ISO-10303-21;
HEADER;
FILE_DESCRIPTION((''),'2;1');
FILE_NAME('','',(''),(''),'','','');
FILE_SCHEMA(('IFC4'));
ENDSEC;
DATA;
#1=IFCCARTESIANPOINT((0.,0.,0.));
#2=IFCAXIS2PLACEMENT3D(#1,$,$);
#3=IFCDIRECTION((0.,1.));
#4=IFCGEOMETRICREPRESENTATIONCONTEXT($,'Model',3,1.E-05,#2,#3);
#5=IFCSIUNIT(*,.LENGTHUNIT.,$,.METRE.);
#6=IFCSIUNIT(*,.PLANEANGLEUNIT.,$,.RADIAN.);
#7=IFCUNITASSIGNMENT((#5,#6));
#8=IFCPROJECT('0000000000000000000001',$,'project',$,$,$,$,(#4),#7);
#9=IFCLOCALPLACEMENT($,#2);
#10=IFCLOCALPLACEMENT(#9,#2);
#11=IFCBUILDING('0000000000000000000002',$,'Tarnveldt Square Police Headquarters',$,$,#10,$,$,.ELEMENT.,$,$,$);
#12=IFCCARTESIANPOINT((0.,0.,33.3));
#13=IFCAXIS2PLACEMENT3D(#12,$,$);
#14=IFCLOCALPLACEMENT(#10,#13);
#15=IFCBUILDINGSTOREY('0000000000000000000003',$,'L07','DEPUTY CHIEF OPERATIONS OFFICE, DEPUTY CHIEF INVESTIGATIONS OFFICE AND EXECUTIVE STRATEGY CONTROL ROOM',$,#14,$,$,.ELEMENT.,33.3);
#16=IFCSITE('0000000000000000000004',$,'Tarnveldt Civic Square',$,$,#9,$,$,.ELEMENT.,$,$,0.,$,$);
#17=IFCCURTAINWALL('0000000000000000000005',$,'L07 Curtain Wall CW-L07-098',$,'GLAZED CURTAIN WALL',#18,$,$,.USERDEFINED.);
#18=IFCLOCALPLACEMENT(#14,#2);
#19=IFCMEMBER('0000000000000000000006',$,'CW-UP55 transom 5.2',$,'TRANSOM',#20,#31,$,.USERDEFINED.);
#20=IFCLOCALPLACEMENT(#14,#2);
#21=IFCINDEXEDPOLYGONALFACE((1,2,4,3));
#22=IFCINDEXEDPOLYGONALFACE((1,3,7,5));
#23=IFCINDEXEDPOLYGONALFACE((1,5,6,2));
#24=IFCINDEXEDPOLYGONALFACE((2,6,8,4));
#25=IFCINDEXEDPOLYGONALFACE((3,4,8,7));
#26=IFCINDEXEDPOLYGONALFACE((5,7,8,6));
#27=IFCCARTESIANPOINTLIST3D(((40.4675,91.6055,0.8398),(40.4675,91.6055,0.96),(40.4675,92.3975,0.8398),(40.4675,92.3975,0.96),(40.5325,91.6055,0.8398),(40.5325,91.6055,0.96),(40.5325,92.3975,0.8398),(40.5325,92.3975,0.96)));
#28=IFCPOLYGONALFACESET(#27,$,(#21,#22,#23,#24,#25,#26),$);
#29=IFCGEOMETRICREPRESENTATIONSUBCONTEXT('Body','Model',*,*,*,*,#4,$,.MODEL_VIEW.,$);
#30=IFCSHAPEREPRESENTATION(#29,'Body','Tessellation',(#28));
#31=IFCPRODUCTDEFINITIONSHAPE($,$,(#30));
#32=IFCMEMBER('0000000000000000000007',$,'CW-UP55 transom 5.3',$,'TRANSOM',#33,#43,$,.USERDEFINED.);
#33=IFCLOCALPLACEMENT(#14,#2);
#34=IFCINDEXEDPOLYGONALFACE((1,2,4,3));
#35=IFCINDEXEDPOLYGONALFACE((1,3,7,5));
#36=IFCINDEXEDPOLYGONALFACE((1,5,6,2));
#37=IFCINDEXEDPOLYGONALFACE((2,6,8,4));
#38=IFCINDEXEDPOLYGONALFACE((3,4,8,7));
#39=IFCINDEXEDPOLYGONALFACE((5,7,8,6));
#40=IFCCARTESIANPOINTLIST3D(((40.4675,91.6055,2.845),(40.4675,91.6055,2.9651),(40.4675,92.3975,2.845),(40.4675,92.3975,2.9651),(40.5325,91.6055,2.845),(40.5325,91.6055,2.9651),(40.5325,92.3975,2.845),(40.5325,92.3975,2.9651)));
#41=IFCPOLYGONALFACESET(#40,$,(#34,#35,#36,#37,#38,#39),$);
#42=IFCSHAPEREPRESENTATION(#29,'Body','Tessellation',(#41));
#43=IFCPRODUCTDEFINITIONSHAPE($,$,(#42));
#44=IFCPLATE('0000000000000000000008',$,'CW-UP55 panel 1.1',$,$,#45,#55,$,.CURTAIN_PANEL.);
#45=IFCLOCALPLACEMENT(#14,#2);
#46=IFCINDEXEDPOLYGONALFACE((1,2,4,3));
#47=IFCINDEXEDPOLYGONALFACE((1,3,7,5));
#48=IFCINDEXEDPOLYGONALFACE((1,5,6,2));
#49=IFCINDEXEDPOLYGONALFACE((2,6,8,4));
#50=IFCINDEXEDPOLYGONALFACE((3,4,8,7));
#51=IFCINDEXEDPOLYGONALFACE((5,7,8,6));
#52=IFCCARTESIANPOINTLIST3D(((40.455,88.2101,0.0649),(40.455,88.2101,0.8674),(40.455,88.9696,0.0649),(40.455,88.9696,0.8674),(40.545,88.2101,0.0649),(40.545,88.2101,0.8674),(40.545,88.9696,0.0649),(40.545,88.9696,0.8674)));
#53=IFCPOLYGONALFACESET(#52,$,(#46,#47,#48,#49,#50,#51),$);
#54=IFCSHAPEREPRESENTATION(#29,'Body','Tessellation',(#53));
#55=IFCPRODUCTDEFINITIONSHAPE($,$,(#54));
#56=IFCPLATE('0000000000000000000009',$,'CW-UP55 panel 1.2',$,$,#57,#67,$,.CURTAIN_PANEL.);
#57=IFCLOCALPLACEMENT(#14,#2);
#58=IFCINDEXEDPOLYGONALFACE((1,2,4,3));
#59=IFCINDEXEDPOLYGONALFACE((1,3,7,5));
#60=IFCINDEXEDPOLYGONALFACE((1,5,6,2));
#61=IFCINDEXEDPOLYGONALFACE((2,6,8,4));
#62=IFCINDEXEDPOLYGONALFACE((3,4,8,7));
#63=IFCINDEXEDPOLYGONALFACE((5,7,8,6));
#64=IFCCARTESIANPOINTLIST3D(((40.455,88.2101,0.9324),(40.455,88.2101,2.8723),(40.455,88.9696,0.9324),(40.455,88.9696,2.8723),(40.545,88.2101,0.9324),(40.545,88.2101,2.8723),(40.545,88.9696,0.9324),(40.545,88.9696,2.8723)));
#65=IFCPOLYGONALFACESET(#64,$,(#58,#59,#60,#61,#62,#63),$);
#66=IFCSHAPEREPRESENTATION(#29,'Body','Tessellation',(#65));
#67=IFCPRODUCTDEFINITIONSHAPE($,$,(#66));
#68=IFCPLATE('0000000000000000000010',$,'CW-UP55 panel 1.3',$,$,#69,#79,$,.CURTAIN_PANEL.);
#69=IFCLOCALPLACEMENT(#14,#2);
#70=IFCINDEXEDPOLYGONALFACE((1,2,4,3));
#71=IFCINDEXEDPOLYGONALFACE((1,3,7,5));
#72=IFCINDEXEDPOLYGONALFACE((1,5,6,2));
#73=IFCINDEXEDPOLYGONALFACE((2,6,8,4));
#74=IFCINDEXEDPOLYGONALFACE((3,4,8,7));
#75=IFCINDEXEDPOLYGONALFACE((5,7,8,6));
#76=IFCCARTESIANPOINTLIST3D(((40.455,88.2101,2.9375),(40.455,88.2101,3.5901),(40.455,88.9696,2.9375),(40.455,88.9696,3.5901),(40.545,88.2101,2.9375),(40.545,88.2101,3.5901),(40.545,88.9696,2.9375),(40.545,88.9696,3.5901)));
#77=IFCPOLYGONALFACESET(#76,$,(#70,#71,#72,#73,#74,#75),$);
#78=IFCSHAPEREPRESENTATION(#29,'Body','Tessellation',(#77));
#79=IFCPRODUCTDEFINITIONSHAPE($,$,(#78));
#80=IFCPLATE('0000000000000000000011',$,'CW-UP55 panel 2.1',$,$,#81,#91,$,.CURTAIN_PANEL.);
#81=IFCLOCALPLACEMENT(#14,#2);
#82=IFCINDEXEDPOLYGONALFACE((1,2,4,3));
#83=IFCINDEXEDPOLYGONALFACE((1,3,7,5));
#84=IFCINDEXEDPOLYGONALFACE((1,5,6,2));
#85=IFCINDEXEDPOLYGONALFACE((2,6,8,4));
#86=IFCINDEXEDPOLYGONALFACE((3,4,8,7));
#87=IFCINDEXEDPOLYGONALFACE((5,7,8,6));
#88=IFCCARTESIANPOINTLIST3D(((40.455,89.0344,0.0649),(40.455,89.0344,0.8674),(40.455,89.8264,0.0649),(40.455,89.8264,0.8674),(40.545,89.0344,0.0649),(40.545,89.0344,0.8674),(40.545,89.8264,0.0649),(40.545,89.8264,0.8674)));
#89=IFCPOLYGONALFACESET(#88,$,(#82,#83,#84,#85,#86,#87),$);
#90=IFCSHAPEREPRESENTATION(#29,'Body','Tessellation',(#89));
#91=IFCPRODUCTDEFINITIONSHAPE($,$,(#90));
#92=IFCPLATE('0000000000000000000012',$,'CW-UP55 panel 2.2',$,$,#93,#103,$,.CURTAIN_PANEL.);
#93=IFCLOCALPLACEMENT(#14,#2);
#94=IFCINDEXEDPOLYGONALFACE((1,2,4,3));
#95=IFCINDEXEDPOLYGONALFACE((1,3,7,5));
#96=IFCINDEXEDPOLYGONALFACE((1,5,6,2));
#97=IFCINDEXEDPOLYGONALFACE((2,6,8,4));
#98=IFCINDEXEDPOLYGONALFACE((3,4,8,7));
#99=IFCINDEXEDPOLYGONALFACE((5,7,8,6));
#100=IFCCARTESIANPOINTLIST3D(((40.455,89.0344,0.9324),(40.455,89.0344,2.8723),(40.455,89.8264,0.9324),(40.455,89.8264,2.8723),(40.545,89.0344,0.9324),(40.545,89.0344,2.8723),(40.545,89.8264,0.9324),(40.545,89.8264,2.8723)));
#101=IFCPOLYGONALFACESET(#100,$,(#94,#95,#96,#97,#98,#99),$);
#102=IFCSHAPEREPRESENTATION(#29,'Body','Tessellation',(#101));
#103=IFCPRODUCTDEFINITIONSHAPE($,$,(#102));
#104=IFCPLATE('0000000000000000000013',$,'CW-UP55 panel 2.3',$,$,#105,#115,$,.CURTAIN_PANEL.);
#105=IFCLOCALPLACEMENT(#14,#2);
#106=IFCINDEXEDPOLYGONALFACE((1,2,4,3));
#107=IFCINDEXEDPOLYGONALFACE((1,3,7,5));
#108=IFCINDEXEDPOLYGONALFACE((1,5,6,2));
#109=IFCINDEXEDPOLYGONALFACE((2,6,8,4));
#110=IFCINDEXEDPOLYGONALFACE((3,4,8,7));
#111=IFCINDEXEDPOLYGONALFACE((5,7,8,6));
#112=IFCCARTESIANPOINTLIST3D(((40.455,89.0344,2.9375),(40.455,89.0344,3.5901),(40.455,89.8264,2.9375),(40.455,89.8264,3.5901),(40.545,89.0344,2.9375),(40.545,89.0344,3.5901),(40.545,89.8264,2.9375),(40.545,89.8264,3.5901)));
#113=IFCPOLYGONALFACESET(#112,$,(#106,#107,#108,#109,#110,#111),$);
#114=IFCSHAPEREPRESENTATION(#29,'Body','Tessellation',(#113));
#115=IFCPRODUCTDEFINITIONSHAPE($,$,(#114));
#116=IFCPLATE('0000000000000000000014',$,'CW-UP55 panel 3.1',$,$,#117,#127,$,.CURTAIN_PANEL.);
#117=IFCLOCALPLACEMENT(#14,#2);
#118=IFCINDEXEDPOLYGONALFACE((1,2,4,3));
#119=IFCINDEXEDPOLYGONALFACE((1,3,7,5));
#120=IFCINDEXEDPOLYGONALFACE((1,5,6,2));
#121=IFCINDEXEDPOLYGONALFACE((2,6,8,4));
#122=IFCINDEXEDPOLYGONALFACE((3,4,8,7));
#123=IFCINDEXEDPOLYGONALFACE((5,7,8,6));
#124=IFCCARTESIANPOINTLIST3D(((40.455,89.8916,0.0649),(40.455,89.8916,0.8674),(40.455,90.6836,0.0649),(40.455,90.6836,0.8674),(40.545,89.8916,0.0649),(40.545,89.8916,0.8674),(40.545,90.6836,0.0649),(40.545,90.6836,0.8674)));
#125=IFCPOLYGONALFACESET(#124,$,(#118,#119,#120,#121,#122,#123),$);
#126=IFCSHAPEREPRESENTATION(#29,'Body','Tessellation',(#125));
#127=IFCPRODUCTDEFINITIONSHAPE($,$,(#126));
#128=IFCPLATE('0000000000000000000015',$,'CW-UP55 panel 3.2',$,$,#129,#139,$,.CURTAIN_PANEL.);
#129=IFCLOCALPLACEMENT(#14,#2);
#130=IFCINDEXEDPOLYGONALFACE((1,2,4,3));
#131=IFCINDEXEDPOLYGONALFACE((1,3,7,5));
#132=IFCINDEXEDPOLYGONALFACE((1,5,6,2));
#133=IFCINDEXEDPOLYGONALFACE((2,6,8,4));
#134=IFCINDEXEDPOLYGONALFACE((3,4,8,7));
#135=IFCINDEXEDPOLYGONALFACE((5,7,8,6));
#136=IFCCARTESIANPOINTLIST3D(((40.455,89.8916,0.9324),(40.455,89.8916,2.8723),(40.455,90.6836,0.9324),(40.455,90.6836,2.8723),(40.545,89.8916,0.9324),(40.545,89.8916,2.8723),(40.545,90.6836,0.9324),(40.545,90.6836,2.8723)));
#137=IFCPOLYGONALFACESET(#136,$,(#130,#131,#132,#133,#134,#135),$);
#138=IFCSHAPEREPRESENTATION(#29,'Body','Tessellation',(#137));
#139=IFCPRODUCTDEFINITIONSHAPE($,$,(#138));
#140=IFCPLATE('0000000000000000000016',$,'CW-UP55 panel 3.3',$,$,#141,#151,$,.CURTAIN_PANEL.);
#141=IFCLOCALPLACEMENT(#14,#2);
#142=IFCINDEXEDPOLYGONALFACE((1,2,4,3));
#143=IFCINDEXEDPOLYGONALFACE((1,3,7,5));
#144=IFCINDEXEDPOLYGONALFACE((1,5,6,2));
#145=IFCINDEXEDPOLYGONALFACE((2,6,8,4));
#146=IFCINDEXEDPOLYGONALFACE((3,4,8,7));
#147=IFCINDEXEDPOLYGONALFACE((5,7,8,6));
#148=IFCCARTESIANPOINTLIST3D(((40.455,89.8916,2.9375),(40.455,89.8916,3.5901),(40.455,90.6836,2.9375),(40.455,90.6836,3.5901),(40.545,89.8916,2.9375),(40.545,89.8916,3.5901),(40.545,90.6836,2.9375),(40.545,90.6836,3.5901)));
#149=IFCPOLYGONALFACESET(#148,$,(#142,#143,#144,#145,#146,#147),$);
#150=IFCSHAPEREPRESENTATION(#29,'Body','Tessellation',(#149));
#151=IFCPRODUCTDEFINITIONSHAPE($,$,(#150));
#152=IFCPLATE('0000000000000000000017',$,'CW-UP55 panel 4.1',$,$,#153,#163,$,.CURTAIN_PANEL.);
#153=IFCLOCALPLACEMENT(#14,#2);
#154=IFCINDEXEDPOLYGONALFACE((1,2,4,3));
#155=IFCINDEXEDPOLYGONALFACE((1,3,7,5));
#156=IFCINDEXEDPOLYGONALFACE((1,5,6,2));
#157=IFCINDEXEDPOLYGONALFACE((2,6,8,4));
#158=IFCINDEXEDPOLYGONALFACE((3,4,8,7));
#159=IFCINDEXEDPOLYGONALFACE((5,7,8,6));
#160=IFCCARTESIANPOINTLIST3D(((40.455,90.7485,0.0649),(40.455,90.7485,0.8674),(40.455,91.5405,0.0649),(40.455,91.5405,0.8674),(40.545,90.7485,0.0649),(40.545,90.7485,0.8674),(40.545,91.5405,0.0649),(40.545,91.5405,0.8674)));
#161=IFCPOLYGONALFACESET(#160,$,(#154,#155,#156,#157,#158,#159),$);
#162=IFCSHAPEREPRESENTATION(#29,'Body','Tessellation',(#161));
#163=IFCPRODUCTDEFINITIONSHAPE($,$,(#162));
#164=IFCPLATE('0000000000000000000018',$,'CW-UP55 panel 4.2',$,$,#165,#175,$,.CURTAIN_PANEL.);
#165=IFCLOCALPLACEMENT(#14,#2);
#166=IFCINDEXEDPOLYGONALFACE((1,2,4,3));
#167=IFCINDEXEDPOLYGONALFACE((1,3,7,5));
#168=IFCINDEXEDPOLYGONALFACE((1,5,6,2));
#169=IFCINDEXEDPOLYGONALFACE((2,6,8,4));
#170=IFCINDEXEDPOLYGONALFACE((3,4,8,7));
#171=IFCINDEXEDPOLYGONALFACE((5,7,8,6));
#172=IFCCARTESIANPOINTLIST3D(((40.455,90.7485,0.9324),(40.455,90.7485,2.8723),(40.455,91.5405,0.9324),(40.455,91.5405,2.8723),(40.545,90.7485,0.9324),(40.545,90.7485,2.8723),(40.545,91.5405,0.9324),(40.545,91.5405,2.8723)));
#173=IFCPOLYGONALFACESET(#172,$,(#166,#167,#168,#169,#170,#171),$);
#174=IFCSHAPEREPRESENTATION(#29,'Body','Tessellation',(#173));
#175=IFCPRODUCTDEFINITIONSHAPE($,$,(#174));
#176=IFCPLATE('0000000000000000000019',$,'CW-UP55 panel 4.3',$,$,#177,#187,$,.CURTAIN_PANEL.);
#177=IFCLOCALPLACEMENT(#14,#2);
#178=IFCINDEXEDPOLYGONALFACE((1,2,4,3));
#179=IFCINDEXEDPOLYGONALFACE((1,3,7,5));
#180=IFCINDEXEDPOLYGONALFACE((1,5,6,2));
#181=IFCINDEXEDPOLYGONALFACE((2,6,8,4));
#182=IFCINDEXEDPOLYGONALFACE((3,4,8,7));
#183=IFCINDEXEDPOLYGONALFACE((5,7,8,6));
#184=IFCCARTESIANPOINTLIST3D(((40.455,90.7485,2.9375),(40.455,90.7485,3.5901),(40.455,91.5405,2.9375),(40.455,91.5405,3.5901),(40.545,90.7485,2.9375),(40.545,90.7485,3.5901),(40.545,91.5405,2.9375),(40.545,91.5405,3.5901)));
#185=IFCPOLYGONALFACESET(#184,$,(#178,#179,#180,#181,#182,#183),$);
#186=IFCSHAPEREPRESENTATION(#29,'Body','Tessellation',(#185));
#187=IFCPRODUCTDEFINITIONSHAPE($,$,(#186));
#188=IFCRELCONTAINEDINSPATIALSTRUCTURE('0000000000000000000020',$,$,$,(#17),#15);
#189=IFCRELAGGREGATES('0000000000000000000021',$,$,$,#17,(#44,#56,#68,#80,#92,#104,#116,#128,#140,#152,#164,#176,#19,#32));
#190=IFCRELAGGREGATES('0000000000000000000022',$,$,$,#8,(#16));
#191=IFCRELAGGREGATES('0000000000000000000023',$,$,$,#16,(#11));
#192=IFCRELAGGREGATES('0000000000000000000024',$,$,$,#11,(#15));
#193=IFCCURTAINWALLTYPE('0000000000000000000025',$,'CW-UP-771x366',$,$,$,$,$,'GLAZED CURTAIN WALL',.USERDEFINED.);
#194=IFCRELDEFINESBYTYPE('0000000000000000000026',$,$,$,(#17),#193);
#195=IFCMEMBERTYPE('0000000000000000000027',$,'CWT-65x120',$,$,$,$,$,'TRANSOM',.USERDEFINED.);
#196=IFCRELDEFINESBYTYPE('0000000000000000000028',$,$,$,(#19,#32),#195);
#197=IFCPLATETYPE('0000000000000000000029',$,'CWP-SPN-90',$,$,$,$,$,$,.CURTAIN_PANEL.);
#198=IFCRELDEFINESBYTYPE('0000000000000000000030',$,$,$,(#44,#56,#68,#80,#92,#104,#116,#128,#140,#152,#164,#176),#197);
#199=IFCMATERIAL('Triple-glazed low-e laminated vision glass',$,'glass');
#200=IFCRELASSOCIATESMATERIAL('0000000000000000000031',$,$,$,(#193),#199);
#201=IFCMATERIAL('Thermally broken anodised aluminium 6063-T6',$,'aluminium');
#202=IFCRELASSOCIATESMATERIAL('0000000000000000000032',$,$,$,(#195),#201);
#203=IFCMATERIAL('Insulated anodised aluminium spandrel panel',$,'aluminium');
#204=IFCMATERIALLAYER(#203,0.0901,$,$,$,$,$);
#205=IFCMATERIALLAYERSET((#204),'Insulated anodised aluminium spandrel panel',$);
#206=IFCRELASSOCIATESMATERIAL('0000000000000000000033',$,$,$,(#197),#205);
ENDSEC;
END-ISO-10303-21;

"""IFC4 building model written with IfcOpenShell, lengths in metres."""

from ifc_helpers import new_model, si_unit, direction, frame, origin, origin_2d, place, context, subcontext, project, spatial, rectangle, extrude, material, layer, layer_set, material_profile, profile_set, type_object, element, aggregate, save


model = new_model("IFC4")

# Units and contexts
model_context = context("Model", 3, precision=1e-05, world=origin(), true_north=direction((0.0, 1.0)))
body_context = subcontext(model_context, "Body", "Model", "MODEL_VIEW")
ifc_project = project(units=[si_unit("LENGTHUNIT", "METRE"), si_unit("PLANEANGLEUNIT", "RADIAN")], contexts=[model_context])

# Site, building, storey
site_placement = place(None, origin())
site = spatial("IfcSite", under=ifc_project, at=site_placement, Name="Tarnveldt Civic Square", CompositionType="ELEMENT", RefElevation=0.0)
building_placement = place(site_placement, origin())
building = spatial("IfcBuilding", under=site, at=building_placement, Name="Tarnveldt Square Police Headquarters", CompositionType="ELEMENT")
storey_placement = place(building_placement, frame((0.0, 0.0, 33.3)))
storey = spatial("IfcBuildingStorey", under=building, at=storey_placement, Name="L07", Description="DEPUTY CHIEF OPERATIONS OFFICE, DEPUTY CHIEF INVESTIGATIONS OFFICE AND EXECUTIVE STRATEGY CONTROL ROOM", CompositionType="ELEMENT", Elevation=33.3)

# Curtain wall, members, plates
ifc_material_1 = material(Name="Triple-glazed low-e laminated vision glass", Category="glass")
curtain_wall_type = type_object("IfcCurtainWallType", Name="CW-UP-771x366", ElementType="GLAZED CURTAIN WALL", PredefinedType="USERDEFINED", material=ifc_material_1)
curtain_wall_placement = place(storey_placement, origin())
curtain_wall = element("IfcCurtainWall", 1, at=curtain_wall_placement, inside=storey, type_object=curtain_wall_type, Name="L07 Curtain Wall CW-L07-098", ObjectType="GLAZED CURTAIN WALL", PredefinedType="USERDEFINED")
ifc_material_2 = material(Name="Thermally broken anodised aluminium 6063-T6", Category="aluminium")
ifc_material_profile_1 = material_profile(ifc_material_2, rectangle(XDim=0.0649, YDim=0.1201, at=origin_2d()), Name="CW-T65x120")
ifc_profile_set_1 = profile_set([ifc_material_profile_1], Name="Thermally broken anodised aluminium 6063-T6")
member_type_1 = type_object("IfcMemberType", Name="CWT-65x120", ElementType="TRANSOM", PredefinedType="USERDEFINED", material=ifc_profile_set_1)
member_1_placement = place(storey_placement, frame((40.5, 91.6055, 0.8999), z_axis=(0.0, 1.0, 0.0), x_axis=(-1.0, 0.0, 0.0)))
member_1 = element("IfcMember", 2, at=member_1_placement, type_object=member_type_1, Name="CW-UP55 transom 5.2", ObjectType="TRANSOM", PredefinedType="USERDEFINED", context=body_context, shape_type="SweptSolid", body=[
    extrude(rectangle(XDim=0.0649, YDim=0.1201, at=origin_2d()), origin(), (0.0, 0.0, 1.0), 0.792),
])
member_2_placement = place(storey_placement, frame((40.5, 91.6055, 2.905), z_axis=(0.0, 1.0, 0.0), x_axis=(-1.0, 0.0, 0.0)))
member_2 = element("IfcMember", 3, at=member_2_placement, type_object=member_type_1, Name="CW-UP55 transom 5.3", ObjectType="TRANSOM", PredefinedType="USERDEFINED", context=body_context, shape_type="SweptSolid", body=[
    extrude(rectangle(XDim=0.0649, YDim=0.1201, at=origin_2d()), origin(), (0.0, 0.0, 1.0), 0.792),
])
ifc_material_3 = material(Name="Insulated anodised aluminium spandrel panel", Category="aluminium")
ifc_layer = layer(ifc_material_3, 0.0901)
ifc_layer_set = layer_set([ifc_layer], Name="Insulated anodised aluminium spandrel panel")
plate_type = type_object("IfcPlateType", Name="CWP-SPN-90", PredefinedType="CURTAIN_PANEL", material=ifc_layer_set)
plate_1_placement = place(storey_placement, frame((40.5, 88.5898, 0.0649), z_axis=(0.0, 0.0, 1.0), x_axis=(0.0, 1.0, 0.0)))
plate_1 = element("IfcPlate", 4, at=plate_1_placement, type_object=plate_type, Name="CW-UP55 panel 1.1", PredefinedType="CURTAIN_PANEL", context=body_context, shape_type="SweptSolid", body=[
    extrude(rectangle(XDim=0.7595, YDim=0.0901, at=origin_2d()), origin(), (0.0, 0.0, 1.0), 0.8025),
])
plate_2_placement = place(storey_placement, frame((40.5, 88.5898, 0.9324), z_axis=(0.0, 0.0, 1.0), x_axis=(0.0, 1.0, 0.0)))
plate_2 = element("IfcPlate", 5, at=plate_2_placement, type_object=plate_type, Name="CW-UP55 panel 1.2", PredefinedType="CURTAIN_PANEL", context=body_context, shape_type="SweptSolid", body=[
    extrude(rectangle(XDim=0.7595, YDim=0.0901, at=origin_2d()), origin(), (0.0, 0.0, 1.0), 1.9399),
])
plate_3_placement = place(storey_placement, frame((40.5, 88.5898, 2.9375), z_axis=(0.0, 0.0, 1.0), x_axis=(0.0, 1.0, 0.0)))
plate_3 = element("IfcPlate", 6, at=plate_3_placement, type_object=plate_type, Name="CW-UP55 panel 1.3", PredefinedType="CURTAIN_PANEL", context=body_context, shape_type="SweptSolid", body=[
    extrude(rectangle(XDim=0.7595, YDim=0.0901, at=origin_2d()), origin(), (0.0, 0.0, 1.0), 0.6526),
])
plate_4_placement = place(storey_placement, frame((40.5, 89.4304, 0.0649), z_axis=(0.0, 0.0, 1.0), x_axis=(0.0, 1.0, 0.0)))
plate_4 = element("IfcPlate", 7, at=plate_4_placement, type_object=plate_type, Name="CW-UP55 panel 2.1", PredefinedType="CURTAIN_PANEL", context=body_context, shape_type="SweptSolid", body=[
    extrude(rectangle(XDim=0.792, YDim=0.0901, at=origin_2d()), origin(), (0.0, 0.0, 1.0), 0.8025),
])
plate_5_placement = place(storey_placement, frame((40.5, 89.4304, 0.9324), z_axis=(0.0, 0.0, 1.0), x_axis=(0.0, 1.0, 0.0)))
plate_5 = element("IfcPlate", 8, at=plate_5_placement, type_object=plate_type, Name="CW-UP55 panel 2.2", PredefinedType="CURTAIN_PANEL", context=body_context, shape_type="SweptSolid", body=[
    extrude(rectangle(XDim=0.792, YDim=0.0901, at=origin_2d()), origin(), (0.0, 0.0, 1.0), 1.9399),
])
plate_6_placement = place(storey_placement, frame((40.5, 89.4304, 2.9375), z_axis=(0.0, 0.0, 1.0), x_axis=(0.0, 1.0, 0.0)))
plate_6 = element("IfcPlate", 9, at=plate_6_placement, type_object=plate_type, Name="CW-UP55 panel 2.3", PredefinedType="CURTAIN_PANEL", context=body_context, shape_type="SweptSolid", body=[
    extrude(rectangle(XDim=0.792, YDim=0.0901, at=origin_2d()), origin(), (0.0, 0.0, 1.0), 0.6526),
])
plate_7_placement = place(storey_placement, frame((40.5, 90.2876, 0.0649), z_axis=(0.0, 0.0, 1.0), x_axis=(0.0, 1.0, 0.0)))
plate_7 = element("IfcPlate", 10, at=plate_7_placement, type_object=plate_type, Name="CW-UP55 panel 3.1", PredefinedType="CURTAIN_PANEL", context=body_context, shape_type="SweptSolid", body=[
    extrude(rectangle(XDim=0.792, YDim=0.0901, at=origin_2d()), origin(), (0.0, 0.0, 1.0), 0.8025),
])
plate_8_placement = place(storey_placement, frame((40.5, 90.2876, 0.9324), z_axis=(0.0, 0.0, 1.0), x_axis=(0.0, 1.0, 0.0)))
plate_8 = element("IfcPlate", 11, at=plate_8_placement, type_object=plate_type, Name="CW-UP55 panel 3.2", PredefinedType="CURTAIN_PANEL", context=body_context, shape_type="SweptSolid", body=[
    extrude(rectangle(XDim=0.792, YDim=0.0901, at=origin_2d()), origin(), (0.0, 0.0, 1.0), 1.9399),
])
plate_9_placement = place(storey_placement, frame((40.5, 90.2876, 2.9375), z_axis=(0.0, 0.0, 1.0), x_axis=(0.0, 1.0, 0.0)))
plate_9 = element("IfcPlate", 12, at=plate_9_placement, type_object=plate_type, Name="CW-UP55 panel 3.3", PredefinedType="CURTAIN_PANEL", context=body_context, shape_type="SweptSolid", body=[
    extrude(rectangle(XDim=0.792, YDim=0.0901, at=origin_2d()), origin(), (0.0, 0.0, 1.0), 0.6526),
])
plate_10_placement = place(storey_placement, frame((40.5, 91.1445, 0.0649), z_axis=(0.0, 0.0, 1.0), x_axis=(0.0, 1.0, 0.0)))
plate_10 = element("IfcPlate", 13, at=plate_10_placement, type_object=plate_type, Name="CW-UP55 panel 4.1", PredefinedType="CURTAIN_PANEL", context=body_context, shape_type="SweptSolid", body=[
    extrude(rectangle(XDim=0.792, YDim=0.0901, at=origin_2d()), origin(), (0.0, 0.0, 1.0), 0.8025),
])
plate_11_placement = place(storey_placement, frame((40.5, 91.1445, 0.9324), z_axis=(0.0, 0.0, 1.0), x_axis=(0.0, 1.0, 0.0)))
plate_11 = element("IfcPlate", 14, at=plate_11_placement, type_object=plate_type, Name="CW-UP55 panel 4.2", PredefinedType="CURTAIN_PANEL", context=body_context, shape_type="SweptSolid", body=[
    extrude(rectangle(XDim=0.792, YDim=0.0901, at=origin_2d()), origin(), (0.0, 0.0, 1.0), 1.9399),
])
plate_12_placement = place(storey_placement, frame((40.5, 91.1445, 2.9375), z_axis=(0.0, 0.0, 1.0), x_axis=(0.0, 1.0, 0.0)))
plate_12 = element("IfcPlate", 15, at=plate_12_placement, type_object=plate_type, Name="CW-UP55 panel 4.3", PredefinedType="CURTAIN_PANEL", context=body_context, shape_type="SweptSolid", body=[
    extrude(rectangle(XDim=0.792, YDim=0.0901, at=origin_2d()), origin(), (0.0, 0.0, 1.0), 0.6526),
])
aggregate(curtain_wall, [plate_1, plate_2, plate_3, plate_4, plate_5, plate_6, plate_7, plate_8, plate_9, plate_10, plate_11, plate_12, member_1, member_2])

save(model, "model.ifc")
